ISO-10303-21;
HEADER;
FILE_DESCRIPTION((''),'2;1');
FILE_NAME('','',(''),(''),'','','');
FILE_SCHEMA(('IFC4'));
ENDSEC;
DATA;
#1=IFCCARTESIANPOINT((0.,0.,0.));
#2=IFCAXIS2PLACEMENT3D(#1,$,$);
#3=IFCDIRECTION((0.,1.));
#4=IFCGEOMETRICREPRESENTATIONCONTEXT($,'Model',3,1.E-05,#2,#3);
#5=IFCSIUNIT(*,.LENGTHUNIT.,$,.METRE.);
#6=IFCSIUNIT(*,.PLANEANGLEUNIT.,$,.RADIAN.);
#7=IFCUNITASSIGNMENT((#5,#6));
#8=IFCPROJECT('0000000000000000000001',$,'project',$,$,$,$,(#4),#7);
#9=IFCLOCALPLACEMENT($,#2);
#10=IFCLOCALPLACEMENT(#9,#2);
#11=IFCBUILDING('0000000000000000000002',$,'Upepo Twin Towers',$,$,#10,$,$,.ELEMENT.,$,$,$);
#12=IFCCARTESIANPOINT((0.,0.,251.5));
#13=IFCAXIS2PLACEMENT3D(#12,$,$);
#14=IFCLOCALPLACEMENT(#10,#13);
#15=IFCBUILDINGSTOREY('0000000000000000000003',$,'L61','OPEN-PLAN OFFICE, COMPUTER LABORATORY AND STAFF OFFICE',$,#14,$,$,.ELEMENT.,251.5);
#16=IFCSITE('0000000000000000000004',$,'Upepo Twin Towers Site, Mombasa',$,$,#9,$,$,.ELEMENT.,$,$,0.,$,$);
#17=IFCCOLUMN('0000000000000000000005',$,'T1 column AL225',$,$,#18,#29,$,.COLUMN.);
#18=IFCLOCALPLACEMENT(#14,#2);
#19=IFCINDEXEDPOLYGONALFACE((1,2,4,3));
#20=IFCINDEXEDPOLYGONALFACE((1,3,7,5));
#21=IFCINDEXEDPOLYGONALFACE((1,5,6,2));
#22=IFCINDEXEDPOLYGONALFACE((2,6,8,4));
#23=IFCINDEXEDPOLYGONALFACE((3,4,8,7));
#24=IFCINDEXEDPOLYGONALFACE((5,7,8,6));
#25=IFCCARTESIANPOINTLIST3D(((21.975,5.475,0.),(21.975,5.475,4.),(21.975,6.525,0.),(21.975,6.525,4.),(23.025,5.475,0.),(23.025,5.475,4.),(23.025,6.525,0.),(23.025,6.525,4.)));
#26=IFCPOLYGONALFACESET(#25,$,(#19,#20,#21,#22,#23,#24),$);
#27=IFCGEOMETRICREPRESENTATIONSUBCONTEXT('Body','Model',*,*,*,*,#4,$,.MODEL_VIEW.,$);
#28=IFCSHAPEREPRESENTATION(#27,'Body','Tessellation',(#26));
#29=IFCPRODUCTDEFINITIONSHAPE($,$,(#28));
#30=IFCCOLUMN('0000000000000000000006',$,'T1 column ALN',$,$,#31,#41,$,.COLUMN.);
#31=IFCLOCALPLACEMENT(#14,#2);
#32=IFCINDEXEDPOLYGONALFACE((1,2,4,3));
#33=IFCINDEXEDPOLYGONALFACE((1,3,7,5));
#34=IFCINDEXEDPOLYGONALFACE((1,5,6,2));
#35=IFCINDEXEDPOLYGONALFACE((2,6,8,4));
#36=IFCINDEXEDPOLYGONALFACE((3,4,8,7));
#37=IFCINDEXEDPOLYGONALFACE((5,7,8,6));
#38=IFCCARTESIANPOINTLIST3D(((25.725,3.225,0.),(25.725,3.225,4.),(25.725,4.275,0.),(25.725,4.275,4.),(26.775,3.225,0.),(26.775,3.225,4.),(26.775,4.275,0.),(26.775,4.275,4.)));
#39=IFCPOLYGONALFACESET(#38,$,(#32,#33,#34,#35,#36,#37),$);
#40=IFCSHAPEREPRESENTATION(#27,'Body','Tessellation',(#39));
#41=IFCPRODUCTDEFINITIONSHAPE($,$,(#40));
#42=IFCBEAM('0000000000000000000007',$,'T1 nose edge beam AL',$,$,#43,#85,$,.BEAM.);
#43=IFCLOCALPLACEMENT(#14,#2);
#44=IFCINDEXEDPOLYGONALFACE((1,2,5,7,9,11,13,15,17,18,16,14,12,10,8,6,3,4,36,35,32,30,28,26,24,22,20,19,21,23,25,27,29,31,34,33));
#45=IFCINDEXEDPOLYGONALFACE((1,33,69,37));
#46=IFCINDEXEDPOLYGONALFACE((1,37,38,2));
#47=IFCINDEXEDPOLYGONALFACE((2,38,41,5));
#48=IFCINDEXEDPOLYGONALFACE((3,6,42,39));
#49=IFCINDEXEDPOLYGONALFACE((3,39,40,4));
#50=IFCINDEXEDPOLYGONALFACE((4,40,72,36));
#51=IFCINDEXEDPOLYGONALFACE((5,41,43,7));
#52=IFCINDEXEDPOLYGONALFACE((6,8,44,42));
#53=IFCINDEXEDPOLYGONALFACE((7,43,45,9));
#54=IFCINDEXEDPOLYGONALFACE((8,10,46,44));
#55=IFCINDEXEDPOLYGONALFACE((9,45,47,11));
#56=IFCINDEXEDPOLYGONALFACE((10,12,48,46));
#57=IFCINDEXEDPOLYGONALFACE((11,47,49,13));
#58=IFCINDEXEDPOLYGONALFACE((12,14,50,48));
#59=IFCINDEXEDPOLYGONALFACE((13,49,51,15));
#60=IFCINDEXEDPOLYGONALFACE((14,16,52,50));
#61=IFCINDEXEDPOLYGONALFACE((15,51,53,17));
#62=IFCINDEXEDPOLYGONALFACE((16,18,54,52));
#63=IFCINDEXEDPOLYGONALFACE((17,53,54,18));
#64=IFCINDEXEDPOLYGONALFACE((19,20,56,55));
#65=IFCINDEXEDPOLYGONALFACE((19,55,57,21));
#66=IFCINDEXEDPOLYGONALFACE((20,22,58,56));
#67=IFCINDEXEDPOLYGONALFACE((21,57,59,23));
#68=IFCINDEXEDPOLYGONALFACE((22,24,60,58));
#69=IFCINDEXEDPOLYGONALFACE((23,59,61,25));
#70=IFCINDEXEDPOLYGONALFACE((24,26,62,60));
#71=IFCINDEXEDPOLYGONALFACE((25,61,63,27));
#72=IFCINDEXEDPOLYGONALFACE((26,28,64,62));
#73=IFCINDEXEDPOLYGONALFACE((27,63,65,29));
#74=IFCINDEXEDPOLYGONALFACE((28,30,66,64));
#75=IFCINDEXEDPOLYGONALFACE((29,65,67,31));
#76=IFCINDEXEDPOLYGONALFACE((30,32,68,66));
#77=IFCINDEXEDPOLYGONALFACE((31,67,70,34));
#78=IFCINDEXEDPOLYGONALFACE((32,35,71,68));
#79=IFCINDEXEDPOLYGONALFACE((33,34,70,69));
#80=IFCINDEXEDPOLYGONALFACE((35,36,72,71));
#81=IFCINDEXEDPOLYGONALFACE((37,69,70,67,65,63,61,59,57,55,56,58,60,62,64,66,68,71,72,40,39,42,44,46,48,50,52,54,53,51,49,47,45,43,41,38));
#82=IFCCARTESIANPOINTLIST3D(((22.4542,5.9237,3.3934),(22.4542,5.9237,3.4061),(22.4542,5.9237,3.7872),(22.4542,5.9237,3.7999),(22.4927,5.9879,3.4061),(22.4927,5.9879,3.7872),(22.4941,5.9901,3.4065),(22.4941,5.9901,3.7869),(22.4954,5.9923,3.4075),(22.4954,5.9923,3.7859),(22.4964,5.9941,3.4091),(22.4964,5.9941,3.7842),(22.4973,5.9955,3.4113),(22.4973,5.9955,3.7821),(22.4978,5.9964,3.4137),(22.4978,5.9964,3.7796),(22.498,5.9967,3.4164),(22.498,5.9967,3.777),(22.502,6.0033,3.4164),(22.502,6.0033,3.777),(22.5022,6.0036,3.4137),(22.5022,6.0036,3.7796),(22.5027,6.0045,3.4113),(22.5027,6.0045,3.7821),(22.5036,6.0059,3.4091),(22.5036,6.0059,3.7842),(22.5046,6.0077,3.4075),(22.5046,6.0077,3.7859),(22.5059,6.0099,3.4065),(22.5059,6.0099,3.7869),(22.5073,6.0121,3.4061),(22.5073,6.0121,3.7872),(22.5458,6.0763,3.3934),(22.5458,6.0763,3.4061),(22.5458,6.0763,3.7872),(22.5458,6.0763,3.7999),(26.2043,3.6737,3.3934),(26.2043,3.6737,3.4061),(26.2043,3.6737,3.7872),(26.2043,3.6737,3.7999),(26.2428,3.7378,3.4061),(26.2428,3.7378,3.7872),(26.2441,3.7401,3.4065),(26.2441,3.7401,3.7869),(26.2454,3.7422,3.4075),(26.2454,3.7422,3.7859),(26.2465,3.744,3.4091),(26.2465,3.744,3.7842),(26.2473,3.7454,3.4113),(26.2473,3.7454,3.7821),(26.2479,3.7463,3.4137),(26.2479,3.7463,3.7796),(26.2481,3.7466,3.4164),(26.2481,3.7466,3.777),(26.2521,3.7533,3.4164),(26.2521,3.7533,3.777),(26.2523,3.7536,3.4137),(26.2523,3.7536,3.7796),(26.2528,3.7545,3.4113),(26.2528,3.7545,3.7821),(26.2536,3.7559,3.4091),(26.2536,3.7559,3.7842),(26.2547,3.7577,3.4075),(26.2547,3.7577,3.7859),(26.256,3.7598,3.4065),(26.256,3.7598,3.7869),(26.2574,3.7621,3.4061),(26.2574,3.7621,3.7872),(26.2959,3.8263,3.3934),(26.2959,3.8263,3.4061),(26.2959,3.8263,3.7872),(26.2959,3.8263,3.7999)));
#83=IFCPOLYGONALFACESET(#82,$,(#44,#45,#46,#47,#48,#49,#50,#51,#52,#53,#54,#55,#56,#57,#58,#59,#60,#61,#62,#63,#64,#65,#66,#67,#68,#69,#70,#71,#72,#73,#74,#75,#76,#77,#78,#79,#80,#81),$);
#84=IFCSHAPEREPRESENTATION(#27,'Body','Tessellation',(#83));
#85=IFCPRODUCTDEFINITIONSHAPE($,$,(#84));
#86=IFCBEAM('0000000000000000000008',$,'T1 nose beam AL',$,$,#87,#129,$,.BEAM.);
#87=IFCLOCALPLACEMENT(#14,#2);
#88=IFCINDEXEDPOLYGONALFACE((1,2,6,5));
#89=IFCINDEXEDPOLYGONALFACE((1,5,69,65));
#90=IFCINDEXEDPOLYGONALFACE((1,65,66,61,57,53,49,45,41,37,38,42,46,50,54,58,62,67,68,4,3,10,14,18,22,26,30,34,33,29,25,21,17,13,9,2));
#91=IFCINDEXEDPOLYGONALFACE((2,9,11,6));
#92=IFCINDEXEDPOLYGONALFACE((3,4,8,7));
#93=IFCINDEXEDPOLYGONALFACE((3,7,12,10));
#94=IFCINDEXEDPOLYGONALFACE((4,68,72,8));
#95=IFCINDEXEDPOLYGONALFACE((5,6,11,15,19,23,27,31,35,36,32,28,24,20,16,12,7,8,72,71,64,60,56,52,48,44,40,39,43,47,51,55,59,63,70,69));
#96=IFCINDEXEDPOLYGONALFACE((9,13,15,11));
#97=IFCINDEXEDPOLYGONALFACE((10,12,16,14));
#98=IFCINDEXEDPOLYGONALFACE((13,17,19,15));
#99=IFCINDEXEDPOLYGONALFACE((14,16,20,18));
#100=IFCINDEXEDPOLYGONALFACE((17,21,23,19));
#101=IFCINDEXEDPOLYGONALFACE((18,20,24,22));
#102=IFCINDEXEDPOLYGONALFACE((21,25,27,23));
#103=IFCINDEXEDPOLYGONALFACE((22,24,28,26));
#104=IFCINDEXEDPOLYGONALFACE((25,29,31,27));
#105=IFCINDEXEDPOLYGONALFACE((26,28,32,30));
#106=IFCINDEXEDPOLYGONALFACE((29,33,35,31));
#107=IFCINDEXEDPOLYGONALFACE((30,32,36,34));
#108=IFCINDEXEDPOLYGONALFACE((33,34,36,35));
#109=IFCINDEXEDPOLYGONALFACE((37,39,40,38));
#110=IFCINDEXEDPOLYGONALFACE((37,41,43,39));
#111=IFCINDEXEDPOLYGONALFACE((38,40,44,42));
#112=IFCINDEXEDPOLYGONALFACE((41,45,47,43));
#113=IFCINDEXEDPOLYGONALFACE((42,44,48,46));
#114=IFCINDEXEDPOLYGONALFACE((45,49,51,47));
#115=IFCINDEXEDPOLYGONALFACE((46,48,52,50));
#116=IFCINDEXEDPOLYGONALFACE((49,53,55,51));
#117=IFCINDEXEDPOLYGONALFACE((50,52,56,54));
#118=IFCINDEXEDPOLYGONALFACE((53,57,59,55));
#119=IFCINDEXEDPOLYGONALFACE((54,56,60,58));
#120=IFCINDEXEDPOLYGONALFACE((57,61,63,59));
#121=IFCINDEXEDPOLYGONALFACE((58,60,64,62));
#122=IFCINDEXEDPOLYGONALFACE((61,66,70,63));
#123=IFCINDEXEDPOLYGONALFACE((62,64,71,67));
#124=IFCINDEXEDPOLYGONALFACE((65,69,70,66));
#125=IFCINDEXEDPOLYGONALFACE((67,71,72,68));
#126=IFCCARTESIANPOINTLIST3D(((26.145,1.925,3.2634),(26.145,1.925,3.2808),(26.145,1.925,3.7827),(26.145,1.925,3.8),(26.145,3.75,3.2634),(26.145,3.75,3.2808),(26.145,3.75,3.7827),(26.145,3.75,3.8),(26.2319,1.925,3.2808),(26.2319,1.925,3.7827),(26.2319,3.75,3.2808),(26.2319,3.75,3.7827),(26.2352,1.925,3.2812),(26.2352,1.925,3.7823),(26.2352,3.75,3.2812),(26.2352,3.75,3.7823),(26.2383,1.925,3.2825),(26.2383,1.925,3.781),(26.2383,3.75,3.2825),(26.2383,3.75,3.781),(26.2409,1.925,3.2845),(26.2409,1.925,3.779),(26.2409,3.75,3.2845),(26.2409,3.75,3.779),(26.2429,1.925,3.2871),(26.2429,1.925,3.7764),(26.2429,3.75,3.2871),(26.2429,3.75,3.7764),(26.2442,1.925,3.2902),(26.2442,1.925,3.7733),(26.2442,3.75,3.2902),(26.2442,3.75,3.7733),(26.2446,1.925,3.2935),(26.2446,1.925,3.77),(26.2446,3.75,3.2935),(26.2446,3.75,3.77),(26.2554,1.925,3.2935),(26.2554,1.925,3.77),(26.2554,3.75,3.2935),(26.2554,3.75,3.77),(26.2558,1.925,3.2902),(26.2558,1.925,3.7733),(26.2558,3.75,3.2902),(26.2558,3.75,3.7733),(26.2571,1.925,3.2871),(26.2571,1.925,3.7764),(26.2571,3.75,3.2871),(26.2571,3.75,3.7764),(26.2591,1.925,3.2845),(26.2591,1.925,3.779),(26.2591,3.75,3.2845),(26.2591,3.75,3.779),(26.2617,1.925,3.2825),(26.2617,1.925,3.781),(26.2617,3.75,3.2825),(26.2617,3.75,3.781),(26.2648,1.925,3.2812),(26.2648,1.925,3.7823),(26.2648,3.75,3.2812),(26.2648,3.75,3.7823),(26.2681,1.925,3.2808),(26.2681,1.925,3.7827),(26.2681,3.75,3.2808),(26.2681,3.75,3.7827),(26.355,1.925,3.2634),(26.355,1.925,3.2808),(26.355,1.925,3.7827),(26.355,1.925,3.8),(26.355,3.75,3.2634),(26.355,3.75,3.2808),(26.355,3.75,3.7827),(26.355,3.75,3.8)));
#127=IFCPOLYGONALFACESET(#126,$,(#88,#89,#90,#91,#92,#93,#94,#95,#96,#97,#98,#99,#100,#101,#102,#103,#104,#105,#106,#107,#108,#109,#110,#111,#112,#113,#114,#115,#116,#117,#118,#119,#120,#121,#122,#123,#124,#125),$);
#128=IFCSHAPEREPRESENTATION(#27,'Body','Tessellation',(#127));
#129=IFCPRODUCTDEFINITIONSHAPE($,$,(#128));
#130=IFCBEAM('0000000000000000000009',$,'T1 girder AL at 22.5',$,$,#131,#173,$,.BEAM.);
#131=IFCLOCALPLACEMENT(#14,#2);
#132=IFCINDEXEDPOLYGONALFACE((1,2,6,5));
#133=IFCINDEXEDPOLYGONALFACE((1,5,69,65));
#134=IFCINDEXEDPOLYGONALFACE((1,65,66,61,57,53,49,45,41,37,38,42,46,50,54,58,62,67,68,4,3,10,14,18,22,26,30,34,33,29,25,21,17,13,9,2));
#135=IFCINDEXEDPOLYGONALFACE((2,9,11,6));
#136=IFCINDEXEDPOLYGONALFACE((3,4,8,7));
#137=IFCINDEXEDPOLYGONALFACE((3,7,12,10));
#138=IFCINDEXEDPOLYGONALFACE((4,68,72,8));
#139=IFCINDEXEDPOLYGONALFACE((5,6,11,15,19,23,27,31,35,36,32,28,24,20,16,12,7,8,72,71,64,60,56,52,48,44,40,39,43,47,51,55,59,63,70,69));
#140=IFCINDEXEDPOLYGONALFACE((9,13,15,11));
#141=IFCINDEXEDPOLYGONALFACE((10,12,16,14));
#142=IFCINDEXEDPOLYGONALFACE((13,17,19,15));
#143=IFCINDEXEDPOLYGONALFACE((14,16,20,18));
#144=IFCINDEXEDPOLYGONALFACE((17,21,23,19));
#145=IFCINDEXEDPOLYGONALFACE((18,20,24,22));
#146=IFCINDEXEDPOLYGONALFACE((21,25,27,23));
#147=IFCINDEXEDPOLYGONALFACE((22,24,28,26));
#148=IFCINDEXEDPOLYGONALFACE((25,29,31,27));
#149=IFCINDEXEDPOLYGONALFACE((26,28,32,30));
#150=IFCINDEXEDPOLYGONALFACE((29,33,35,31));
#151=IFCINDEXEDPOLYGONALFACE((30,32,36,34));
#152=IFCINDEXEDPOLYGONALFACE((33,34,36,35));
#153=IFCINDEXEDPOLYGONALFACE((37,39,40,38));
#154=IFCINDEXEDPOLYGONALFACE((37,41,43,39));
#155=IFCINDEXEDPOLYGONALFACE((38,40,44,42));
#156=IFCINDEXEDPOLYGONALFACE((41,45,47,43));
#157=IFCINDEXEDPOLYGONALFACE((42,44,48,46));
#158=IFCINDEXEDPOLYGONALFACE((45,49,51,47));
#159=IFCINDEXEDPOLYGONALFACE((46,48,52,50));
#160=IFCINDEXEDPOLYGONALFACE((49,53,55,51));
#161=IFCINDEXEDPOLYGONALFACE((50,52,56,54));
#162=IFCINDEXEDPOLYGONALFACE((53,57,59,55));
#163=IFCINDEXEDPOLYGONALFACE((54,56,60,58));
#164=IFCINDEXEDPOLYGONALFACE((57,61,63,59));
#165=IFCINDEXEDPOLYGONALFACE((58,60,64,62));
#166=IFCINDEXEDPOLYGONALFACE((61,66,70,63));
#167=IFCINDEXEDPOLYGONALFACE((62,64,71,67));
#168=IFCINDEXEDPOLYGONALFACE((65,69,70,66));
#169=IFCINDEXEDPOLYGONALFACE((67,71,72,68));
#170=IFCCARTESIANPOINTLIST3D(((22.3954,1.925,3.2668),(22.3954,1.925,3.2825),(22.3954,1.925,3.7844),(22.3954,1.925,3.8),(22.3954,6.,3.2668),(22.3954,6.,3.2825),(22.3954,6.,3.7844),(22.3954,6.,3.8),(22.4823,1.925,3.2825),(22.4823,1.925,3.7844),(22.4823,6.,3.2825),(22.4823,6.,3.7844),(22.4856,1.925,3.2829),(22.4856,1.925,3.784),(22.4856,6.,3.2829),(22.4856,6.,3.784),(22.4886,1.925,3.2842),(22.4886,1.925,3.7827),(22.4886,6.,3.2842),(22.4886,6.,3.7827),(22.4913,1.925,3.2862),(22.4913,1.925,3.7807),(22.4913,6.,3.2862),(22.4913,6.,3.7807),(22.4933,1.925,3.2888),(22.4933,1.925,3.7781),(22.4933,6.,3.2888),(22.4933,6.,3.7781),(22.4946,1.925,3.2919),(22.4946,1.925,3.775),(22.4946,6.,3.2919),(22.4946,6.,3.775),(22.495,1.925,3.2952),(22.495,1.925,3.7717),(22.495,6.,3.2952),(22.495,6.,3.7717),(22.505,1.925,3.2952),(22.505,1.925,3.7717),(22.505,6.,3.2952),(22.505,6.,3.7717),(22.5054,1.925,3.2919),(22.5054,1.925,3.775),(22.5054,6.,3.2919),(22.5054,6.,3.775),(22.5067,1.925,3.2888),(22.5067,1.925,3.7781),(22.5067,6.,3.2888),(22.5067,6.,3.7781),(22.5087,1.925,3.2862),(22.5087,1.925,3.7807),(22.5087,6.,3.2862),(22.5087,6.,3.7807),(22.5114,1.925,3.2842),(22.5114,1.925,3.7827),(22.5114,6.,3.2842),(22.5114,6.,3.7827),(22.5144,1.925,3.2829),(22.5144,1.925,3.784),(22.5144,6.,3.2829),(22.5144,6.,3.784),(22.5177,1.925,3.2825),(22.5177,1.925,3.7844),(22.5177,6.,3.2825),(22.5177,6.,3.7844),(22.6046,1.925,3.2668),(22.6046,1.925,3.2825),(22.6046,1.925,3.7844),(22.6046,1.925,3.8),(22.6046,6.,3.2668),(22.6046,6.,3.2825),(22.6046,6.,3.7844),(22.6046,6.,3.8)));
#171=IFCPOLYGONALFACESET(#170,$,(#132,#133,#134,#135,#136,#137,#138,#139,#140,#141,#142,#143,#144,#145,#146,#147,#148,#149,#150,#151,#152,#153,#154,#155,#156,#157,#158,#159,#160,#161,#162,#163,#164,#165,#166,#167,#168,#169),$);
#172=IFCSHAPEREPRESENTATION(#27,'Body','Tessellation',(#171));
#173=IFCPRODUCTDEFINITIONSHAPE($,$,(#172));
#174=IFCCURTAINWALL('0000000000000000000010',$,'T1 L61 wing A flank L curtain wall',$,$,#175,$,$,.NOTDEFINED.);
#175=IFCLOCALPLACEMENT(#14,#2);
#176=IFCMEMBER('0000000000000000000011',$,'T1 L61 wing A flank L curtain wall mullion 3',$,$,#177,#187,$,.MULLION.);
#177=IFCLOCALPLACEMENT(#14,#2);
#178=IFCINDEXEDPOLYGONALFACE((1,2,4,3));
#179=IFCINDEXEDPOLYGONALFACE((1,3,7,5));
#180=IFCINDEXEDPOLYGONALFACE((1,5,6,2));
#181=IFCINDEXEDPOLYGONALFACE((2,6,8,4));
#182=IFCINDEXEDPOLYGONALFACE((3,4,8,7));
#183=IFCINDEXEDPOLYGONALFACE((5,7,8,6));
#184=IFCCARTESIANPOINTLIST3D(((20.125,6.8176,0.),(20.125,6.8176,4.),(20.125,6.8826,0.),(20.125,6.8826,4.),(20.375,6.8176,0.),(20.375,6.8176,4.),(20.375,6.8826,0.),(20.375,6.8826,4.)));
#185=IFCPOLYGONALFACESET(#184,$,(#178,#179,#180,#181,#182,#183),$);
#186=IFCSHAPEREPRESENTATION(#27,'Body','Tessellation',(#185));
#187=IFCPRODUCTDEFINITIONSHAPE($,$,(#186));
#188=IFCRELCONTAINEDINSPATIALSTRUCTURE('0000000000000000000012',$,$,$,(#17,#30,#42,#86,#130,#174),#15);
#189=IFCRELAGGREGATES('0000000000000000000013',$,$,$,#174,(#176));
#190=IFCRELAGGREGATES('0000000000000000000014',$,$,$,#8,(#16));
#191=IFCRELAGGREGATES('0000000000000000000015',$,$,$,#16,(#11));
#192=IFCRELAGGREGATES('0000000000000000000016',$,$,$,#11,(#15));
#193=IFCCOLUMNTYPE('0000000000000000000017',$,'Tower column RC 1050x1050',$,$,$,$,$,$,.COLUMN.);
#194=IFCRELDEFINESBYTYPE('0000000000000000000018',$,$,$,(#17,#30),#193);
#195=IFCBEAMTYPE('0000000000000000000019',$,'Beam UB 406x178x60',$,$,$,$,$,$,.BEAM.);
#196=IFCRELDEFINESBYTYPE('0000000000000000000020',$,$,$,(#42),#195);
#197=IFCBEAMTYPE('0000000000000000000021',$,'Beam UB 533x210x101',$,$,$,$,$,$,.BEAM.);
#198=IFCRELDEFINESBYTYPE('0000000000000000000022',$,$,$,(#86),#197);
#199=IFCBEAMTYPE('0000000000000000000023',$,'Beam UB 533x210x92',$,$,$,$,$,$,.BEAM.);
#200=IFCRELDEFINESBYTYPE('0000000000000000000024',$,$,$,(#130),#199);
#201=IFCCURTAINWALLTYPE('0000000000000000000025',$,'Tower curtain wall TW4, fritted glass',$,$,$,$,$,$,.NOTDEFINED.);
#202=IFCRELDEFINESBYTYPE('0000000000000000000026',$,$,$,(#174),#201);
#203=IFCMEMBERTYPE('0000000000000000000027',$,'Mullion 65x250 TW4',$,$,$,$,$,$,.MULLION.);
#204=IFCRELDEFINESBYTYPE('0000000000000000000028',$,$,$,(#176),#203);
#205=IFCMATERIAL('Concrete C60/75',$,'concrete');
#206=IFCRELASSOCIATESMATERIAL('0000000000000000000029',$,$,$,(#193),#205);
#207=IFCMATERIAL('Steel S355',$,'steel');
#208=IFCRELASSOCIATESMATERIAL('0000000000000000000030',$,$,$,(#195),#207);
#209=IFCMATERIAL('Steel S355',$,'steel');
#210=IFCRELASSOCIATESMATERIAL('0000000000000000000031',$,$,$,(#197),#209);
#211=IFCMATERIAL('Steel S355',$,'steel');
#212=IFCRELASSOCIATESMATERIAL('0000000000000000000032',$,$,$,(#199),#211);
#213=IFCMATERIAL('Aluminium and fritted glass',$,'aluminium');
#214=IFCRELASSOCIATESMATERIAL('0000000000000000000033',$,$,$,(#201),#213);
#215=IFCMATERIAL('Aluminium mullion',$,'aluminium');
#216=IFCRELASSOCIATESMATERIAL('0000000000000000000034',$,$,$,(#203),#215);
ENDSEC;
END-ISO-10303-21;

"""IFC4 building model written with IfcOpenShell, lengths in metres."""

from ifc_helpers import new_model, si_unit, direction, frame, origin, origin_2d, place, context, subcontext, project, spatial, rectangle, i_section, extrude, material, material_profile, profile_set, type_object, element, aggregate, save


model = new_model("IFC4")

# Units and contexts
model_context = context("Model", 3, precision=1e-05, world=origin(), true_north=direction((0.0, 1.0)))
body_context = subcontext(model_context, "Body", "Model", "MODEL_VIEW")
ifc_project = project(units=[si_unit("LENGTHUNIT", "METRE"), si_unit("PLANEANGLEUNIT", "RADIAN")], contexts=[model_context])

# Site, building, storey
site_placement = place(None, origin())
site = spatial("IfcSite", under=ifc_project, at=site_placement, Name="Upepo Twin Towers Site, Mombasa", CompositionType="ELEMENT", RefElevation=0.0)
building_placement = place(site_placement, origin())
building = spatial("IfcBuilding", under=site, at=building_placement, Name="Upepo Twin Towers", CompositionType="ELEMENT")
storey_placement = place(building_placement, frame((0.0, 0.0, 251.5)))
storey = spatial("IfcBuildingStorey", under=building, at=storey_placement, Name="L61", Description="OPEN-PLAN OFFICE, COMPUTER LABORATORY AND STAFF OFFICE", CompositionType="ELEMENT", Elevation=251.5)

# Columns
ifc_material_1 = material(Name="Concrete C60/75", Category="concrete")
ifc_material_profile_1 = material_profile(ifc_material_1, rectangle(XDim=1.05, YDim=1.05, at=origin_2d()), Name="RC 1050x1050")
ifc_profile_set_1 = profile_set([ifc_material_profile_1], Name="Concrete C60/75")
column_type = type_object("IfcColumnType", Name="Tower column RC 1050x1050", PredefinedType="COLUMN", material=ifc_profile_set_1)
for number, where, z_axis, x_axis, name in (
    (1, (22.5, 6.0, 0.0), (0.0, 0.0, 1.0), (1.0, 0.0, 0.0), "T1 column AL225"),
    (2, (26.25, 3.75, 0.0), (0.0, 0.0, 1.0), (1.0, 0.0, 0.0), "T1 column ALN"),
):
    element("IfcColumn", number, at=place(storey_placement, frame(where, z_axis=z_axis, x_axis=x_axis)), inside=storey, type_object=column_type, Name=name, PredefinedType="COLUMN", context=body_context, shape_type="SweptSolid", body=[
        extrude(rectangle(XDim=1.05, YDim=1.05, at=origin_2d()), origin(), (0.0, 0.0, 1.0), 4.0),
    ])

# Beams
ifc_material_2 = material(Name="Steel S355", Category="steel")
ifc_material_profile_2 = material_profile(ifc_material_2, i_section(OverallWidth=0.178, OverallDepth=0.4065, WebThickness=0.0078, FlangeThickness=0.0127, FilletRadius=0.0103, at=origin_2d()), Name="UB 406x178x60")
ifc_profile_set_2 = profile_set([ifc_material_profile_2], Name="Steel S355")
beam_type_1 = type_object("IfcBeamType", Name="Beam UB 406x178x60", PredefinedType="BEAM", material=ifc_profile_set_2)
beam_1_placement = place(storey_placement, frame((22.5, 6.0, 3.5967), z_axis=(0.857493, -0.514496, 0.0), x_axis=(0.514496, 0.857493, 0.0)))
element("IfcBeam", 3, at=beam_1_placement, inside=storey, type_object=beam_type_1, Name="T1 nose edge beam AL", PredefinedType="BEAM", context=body_context, shape_type="SweptSolid", body=[
    extrude(i_section(OverallWidth=0.178, OverallDepth=0.4065, WebThickness=0.0078, FlangeThickness=0.0127, FilletRadius=0.0103, at=origin_2d()), origin(), (0.0, 0.0, 1.0), 4.3733),
])
ifc_material_3 = material(Name="Steel S355", Category="steel")
ifc_material_profile_3 = material_profile(ifc_material_3, i_section(OverallWidth=0.21, OverallDepth=0.5366, WebThickness=0.0107, FlangeThickness=0.0173, FilletRadius=0.0127, at=origin_2d()), Name="UB 533x210x101")
ifc_profile_set_3 = profile_set([ifc_material_profile_3], Name="Steel S355")
beam_type_2 = type_object("IfcBeamType", Name="Beam UB 533x210x101", PredefinedType="BEAM", material=ifc_profile_set_3)
beam_2_placement = place(storey_placement, frame((26.25, 3.75, 3.5317), z_axis=(0.0, -1.0, 0.0), x_axis=(1.0, 0.0, 0.0)))
element("IfcBeam", 4, at=beam_2_placement, inside=storey, type_object=beam_type_2, Name="T1 nose beam AL", PredefinedType="BEAM", context=body_context, shape_type="SweptSolid", body=[
    extrude(i_section(OverallWidth=0.21, OverallDepth=0.5366, WebThickness=0.0107, FlangeThickness=0.0173, FilletRadius=0.0127, at=origin_2d()), origin(), (0.0, 0.0, 1.0), 1.825),
])
ifc_material_4 = material(Name="Steel S355", Category="steel")
ifc_material_profile_4 = material_profile(ifc_material_4, i_section(OverallWidth=0.2092, OverallDepth=0.5332, WebThickness=0.01, FlangeThickness=0.0156, FilletRadius=0.0127, at=origin_2d()), Name="UB 533x210x92")
ifc_profile_set_4 = profile_set([ifc_material_profile_4], Name="Steel S355")
beam_type_3 = type_object("IfcBeamType", Name="Beam UB 533x210x92", PredefinedType="BEAM", material=ifc_profile_set_4)
beam_3_placement = place(storey_placement, frame((22.5, 6.0, 3.5334), z_axis=(0.0, -1.0, 0.0), x_axis=(1.0, 0.0, 0.0)))
element("IfcBeam", 5, at=beam_3_placement, inside=storey, type_object=beam_type_3, Name="T1 girder AL at 22.5", PredefinedType="BEAM", context=body_context, shape_type="SweptSolid", body=[
    extrude(i_section(OverallWidth=0.2092, OverallDepth=0.5332, WebThickness=0.01, FlangeThickness=0.0156, FilletRadius=0.0127, at=origin_2d()), origin(), (0.0, 0.0, 1.0), 4.075),
])

# Curtain wall, member
ifc_material_5 = material(Name="Aluminium and fritted glass", Category="aluminium")
curtain_wall_type = type_object("IfcCurtainWallType", Name="Tower curtain wall TW4, fritted glass", PredefinedType="NOTDEFINED", material=ifc_material_5)
curtain_wall_1_placement = place(storey_placement, origin())
curtain_wall_1 = element("IfcCurtainWall", 6, at=curtain_wall_1_placement, inside=storey, type_object=curtain_wall_type, Name="T1 L61 wing A flank L curtain wall", PredefinedType="NOTDEFINED")
ifc_material_6 = material(Name="Aluminium mullion", Category="aluminium")
ifc_material_profile_5 = material_profile(ifc_material_6, rectangle(XDim=0.0649, YDim=0.25, at=origin_2d()), Name="MULLION 65x250")
ifc_profile_set_5 = profile_set([ifc_material_profile_5], Name="Aluminium mullion")
member_type_1 = type_object("IfcMemberType", Name="Mullion 65x250 TW4", PredefinedType="MULLION", material=ifc_profile_set_5)
member_1_placement = place(storey_placement, frame((20.25, 6.8501, 0.0), z_axis=(0.0, 0.0, 1.0), x_axis=(0.0, 1.0, 0.0)))
member_1 = element("IfcMember", 7, at=member_1_placement, type_object=member_type_1, Name="T1 L61 wing A flank L curtain wall mullion 3", PredefinedType="MULLION", context=body_context, shape_type="SweptSolid", body=[
    extrude(rectangle(XDim=0.0649, YDim=0.25, at=origin_2d()), origin(), (0.0, 0.0, 1.0), 4.0),
])

aggregate(curtain_wall_1, [member_1])

save(model, "model.ifc")
